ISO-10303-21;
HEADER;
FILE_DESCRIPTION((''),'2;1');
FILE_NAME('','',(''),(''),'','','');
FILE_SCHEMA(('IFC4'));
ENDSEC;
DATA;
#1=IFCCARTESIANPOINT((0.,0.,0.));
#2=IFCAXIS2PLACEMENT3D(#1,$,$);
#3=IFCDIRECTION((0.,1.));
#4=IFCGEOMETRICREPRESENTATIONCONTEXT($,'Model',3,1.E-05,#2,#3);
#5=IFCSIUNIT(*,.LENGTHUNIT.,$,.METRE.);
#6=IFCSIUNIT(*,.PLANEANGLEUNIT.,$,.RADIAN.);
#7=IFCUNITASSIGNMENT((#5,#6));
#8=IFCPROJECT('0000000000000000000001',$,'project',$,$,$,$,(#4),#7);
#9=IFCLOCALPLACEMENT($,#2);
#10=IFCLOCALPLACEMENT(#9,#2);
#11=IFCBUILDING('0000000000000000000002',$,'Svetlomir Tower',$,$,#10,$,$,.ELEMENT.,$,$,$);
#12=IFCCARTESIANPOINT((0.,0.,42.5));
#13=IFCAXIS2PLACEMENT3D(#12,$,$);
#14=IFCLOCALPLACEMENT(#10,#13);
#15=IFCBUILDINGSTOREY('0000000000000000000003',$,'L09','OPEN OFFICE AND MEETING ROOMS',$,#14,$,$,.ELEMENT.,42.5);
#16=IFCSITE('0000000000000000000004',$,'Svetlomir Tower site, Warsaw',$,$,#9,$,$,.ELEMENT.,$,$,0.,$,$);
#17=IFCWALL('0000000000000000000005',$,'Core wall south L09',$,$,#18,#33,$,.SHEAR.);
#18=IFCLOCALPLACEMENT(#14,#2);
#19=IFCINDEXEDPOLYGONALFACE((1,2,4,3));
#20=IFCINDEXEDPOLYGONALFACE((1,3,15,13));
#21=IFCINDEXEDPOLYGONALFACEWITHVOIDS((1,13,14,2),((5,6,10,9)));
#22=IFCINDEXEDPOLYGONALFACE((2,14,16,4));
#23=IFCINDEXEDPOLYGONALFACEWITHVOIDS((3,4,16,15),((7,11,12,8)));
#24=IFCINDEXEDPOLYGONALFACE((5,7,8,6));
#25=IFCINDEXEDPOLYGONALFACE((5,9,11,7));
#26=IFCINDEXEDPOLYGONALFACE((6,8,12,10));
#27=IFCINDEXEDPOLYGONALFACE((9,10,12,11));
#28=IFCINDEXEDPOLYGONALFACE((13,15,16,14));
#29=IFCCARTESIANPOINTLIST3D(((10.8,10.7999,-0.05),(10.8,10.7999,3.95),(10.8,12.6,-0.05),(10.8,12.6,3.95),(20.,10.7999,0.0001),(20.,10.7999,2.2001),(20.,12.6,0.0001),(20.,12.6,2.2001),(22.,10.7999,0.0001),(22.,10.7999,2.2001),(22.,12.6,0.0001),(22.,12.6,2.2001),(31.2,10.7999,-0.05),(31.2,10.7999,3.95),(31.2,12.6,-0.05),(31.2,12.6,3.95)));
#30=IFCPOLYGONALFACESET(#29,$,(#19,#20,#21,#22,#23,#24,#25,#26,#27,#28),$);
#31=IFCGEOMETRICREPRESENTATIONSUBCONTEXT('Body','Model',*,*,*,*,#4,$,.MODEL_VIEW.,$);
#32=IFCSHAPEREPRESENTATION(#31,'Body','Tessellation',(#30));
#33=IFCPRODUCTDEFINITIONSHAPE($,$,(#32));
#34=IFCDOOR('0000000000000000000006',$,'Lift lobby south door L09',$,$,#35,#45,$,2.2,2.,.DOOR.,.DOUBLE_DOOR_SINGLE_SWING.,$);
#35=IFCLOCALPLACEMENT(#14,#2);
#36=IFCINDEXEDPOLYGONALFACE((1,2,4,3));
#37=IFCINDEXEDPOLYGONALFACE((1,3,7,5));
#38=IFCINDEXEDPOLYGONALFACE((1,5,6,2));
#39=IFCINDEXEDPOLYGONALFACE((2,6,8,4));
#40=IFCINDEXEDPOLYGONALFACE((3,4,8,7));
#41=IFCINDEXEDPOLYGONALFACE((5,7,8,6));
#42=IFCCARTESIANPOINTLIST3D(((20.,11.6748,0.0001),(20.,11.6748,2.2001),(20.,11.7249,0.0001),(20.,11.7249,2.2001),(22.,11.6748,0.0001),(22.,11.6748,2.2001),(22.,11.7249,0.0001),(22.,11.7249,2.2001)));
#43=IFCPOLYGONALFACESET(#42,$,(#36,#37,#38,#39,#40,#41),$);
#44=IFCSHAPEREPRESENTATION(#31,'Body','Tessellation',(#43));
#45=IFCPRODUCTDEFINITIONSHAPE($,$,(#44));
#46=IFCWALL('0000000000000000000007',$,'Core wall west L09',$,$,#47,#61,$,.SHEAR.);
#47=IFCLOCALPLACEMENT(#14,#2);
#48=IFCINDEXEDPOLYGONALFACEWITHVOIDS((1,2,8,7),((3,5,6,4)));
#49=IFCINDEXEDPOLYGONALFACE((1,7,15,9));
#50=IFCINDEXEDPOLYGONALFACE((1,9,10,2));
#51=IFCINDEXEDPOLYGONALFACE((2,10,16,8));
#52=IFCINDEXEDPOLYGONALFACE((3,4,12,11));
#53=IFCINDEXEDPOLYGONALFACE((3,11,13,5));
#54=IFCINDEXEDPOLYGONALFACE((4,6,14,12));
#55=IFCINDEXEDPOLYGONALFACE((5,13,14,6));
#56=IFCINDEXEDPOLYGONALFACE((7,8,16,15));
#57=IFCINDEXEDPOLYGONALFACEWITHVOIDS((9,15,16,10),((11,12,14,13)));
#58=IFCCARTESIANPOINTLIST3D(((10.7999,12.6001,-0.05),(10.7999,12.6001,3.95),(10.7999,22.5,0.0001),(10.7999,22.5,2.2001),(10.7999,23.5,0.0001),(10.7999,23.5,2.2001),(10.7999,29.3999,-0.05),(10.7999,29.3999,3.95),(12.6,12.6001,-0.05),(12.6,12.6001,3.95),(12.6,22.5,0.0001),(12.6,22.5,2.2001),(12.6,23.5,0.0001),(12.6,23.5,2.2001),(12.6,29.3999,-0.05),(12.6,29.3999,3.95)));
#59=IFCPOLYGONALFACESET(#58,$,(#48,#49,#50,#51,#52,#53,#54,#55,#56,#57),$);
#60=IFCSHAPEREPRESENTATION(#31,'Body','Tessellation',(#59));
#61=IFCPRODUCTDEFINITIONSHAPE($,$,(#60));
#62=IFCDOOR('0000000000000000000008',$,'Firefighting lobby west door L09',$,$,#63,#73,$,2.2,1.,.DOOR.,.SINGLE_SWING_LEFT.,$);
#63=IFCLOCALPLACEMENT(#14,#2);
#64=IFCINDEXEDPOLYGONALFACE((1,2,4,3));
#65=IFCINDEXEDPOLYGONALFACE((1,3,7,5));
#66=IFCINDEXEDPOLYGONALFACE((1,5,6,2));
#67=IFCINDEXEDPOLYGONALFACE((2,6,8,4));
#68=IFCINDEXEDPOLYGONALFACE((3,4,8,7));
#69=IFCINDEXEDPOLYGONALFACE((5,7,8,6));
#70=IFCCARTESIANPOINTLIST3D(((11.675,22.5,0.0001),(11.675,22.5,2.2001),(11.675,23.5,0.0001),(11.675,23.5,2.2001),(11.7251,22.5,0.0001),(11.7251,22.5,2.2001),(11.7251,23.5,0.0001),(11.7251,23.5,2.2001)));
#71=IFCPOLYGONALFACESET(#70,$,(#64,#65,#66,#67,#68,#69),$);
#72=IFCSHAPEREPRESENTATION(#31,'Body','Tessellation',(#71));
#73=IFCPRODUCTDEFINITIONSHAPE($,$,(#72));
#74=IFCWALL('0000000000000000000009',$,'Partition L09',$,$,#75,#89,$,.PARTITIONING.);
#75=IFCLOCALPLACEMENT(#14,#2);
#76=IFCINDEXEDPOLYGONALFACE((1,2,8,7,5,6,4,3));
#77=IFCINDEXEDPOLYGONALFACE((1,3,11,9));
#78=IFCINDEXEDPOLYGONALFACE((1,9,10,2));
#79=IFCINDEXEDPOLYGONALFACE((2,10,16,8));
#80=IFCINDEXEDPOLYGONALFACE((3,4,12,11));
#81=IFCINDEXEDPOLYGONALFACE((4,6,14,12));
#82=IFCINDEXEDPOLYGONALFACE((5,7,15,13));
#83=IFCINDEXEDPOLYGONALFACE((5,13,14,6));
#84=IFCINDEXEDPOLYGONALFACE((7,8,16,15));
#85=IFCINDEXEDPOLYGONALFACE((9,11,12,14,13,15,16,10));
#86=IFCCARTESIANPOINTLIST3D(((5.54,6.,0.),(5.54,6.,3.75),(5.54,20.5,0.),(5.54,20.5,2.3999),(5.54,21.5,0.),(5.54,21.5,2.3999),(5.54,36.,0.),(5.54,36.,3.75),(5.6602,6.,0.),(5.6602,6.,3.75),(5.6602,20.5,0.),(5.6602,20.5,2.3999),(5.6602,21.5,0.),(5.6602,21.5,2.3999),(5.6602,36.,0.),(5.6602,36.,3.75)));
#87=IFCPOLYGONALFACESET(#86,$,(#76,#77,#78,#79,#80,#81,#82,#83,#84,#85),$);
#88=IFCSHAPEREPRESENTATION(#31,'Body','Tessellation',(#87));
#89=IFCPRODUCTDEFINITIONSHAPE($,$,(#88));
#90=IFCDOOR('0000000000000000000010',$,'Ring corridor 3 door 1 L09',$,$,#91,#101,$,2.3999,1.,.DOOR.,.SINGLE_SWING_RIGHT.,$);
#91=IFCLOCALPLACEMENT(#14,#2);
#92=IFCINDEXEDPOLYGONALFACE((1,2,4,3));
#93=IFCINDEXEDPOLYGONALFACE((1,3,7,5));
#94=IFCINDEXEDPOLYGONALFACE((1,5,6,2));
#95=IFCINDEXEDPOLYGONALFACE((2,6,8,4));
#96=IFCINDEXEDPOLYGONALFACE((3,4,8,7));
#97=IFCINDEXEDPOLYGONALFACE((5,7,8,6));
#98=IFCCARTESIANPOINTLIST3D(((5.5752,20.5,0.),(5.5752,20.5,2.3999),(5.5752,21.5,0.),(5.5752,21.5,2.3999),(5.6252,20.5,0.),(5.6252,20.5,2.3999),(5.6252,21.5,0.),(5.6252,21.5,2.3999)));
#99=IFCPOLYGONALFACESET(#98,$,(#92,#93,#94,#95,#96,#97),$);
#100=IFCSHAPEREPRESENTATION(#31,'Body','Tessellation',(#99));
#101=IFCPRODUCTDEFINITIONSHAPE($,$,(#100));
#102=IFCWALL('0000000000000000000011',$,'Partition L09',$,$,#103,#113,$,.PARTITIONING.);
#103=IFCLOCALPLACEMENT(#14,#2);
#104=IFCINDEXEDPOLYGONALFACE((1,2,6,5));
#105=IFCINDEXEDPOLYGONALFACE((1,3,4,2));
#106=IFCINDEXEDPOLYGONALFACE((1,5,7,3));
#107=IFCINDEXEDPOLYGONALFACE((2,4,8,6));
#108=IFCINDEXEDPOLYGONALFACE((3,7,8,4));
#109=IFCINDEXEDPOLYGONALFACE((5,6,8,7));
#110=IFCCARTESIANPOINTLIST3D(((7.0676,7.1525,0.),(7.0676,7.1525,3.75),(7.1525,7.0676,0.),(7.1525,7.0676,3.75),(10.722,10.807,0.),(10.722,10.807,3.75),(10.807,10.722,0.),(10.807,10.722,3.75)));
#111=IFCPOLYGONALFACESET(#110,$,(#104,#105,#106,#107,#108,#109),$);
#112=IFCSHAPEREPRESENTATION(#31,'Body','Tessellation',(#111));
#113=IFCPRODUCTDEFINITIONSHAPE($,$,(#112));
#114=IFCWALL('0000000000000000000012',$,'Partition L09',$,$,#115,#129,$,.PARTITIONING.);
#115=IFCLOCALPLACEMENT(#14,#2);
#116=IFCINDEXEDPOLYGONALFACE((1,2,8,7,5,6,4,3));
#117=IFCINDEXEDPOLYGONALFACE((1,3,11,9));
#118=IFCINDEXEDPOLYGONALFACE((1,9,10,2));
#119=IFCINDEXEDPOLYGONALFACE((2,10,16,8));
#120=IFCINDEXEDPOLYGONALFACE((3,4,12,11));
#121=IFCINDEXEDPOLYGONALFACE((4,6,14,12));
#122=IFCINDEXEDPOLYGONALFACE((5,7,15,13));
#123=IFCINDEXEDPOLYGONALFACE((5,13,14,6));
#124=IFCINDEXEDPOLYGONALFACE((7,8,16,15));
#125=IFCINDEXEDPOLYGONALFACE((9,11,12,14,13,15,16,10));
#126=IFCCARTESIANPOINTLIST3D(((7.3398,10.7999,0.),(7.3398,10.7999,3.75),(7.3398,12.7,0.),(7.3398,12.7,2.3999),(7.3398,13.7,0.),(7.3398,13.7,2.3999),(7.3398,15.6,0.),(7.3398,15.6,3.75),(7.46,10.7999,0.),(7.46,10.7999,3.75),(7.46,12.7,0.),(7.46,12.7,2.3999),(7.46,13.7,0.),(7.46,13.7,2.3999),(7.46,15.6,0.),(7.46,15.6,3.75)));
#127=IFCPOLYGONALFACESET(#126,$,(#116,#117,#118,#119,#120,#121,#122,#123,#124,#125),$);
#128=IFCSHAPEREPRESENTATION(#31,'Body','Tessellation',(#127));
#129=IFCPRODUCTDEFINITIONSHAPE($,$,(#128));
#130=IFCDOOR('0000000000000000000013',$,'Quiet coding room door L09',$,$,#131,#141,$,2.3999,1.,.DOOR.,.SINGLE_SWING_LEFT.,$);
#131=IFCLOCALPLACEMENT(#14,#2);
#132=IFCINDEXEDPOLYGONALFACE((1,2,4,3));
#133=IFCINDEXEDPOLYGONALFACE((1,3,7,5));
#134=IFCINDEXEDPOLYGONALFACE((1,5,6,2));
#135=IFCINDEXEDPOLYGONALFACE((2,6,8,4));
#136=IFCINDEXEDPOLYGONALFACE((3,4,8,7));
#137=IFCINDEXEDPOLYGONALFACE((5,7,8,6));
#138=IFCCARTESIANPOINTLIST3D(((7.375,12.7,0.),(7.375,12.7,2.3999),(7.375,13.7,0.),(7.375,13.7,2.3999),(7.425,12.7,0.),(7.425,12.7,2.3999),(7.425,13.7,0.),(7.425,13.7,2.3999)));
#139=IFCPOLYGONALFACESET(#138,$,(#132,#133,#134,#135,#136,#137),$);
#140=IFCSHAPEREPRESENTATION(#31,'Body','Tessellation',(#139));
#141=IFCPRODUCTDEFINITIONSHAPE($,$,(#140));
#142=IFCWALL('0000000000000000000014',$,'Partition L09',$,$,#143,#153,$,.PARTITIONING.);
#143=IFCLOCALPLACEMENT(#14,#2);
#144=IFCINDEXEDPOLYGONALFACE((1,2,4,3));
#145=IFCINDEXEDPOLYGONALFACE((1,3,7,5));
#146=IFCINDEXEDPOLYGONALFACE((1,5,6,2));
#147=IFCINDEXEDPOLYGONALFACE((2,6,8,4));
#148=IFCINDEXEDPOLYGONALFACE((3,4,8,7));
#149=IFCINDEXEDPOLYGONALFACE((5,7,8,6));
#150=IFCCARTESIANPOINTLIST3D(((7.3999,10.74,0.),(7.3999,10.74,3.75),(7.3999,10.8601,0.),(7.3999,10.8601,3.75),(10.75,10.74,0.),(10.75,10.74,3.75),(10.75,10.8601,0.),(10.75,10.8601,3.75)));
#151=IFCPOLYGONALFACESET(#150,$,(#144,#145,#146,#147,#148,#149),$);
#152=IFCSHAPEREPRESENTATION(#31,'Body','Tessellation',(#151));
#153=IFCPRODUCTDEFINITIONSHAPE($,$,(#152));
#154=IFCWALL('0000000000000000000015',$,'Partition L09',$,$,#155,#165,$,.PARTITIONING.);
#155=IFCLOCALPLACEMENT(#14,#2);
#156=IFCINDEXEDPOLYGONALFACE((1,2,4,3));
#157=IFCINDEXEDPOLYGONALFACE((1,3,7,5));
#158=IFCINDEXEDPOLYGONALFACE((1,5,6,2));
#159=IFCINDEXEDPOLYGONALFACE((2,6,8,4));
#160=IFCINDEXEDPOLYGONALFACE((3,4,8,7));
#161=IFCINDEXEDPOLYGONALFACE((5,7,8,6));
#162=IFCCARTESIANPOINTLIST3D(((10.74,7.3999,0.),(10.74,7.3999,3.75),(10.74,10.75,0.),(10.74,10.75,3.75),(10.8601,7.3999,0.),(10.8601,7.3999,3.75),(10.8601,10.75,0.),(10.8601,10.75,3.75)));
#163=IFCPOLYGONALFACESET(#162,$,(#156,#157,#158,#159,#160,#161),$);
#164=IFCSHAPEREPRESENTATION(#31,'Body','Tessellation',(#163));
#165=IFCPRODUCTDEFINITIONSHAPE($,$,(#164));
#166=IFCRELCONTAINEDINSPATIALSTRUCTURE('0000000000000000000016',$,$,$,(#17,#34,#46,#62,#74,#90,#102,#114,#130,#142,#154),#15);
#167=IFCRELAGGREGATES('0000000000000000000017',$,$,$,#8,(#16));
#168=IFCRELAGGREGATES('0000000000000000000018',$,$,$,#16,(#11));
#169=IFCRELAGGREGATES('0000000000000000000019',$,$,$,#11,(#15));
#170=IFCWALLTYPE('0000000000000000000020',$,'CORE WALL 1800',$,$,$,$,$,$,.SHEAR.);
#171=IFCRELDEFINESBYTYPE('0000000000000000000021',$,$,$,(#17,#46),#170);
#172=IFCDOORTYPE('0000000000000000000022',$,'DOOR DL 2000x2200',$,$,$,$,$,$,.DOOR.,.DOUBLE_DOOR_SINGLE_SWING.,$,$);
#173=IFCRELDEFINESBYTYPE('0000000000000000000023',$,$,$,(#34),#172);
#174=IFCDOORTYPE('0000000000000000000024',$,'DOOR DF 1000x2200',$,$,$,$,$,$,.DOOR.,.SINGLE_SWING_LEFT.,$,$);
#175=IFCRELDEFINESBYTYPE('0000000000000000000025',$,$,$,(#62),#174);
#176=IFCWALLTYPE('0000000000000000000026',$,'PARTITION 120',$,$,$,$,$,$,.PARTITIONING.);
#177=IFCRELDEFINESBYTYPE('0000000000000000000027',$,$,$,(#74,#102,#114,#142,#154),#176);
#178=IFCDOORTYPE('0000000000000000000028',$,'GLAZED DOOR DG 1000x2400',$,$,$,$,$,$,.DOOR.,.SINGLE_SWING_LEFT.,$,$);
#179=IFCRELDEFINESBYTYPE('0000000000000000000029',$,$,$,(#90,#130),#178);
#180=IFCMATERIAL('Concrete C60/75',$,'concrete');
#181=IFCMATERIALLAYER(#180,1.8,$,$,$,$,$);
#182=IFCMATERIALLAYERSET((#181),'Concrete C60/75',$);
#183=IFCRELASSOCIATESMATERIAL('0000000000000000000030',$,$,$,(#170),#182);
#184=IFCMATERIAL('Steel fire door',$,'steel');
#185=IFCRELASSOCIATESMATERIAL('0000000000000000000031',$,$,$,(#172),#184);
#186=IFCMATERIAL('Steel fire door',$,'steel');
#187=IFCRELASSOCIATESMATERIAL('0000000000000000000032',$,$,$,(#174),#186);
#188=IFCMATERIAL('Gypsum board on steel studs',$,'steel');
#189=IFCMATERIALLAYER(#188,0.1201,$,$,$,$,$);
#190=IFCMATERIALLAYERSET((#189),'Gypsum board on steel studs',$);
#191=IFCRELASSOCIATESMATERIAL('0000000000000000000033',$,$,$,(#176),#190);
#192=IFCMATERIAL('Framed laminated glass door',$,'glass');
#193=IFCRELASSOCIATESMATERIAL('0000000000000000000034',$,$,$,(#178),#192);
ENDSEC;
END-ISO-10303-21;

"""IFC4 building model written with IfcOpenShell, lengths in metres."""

from ifc_helpers import new_model, si_unit, direction, frame, frame_2d, origin, place, context, subcontext, project, spatial, rectangle, extrude, material, layer, layer_set, type_object, element, fill, save


model = new_model("IFC4")

# Units and contexts
model_context = context("Model", 3, precision=1e-05, world=origin(), true_north=direction((0.0, 1.0)))
body_context = subcontext(model_context, "Body", "Model", "MODEL_VIEW")
ifc_project = project(units=[si_unit("LENGTHUNIT", "METRE"), si_unit("PLANEANGLEUNIT", "RADIAN")], contexts=[model_context])

# Site, building, storey
site_placement = place(None, origin())
site = spatial("IfcSite", under=ifc_project, at=site_placement, Name="Svetlomir Tower site, Warsaw", CompositionType="ELEMENT", RefElevation=0.0)
building_placement = place(site_placement, origin())
building = spatial("IfcBuilding", under=site, at=building_placement, Name="Svetlomir Tower", CompositionType="ELEMENT")
storey_placement = place(building_placement, frame((0.0, 0.0, 42.5)))
storey = spatial("IfcBuildingStorey", under=building, at=storey_placement, Name="L09", Description="OPEN OFFICE AND MEETING ROOMS", CompositionType="ELEMENT", Elevation=42.5)

# Walls, openings, doors
ifc_material_1 = material(Name="Concrete C60/75", Category="concrete")
ifc_layer_1 = layer(ifc_material_1, 1.8)
ifc_layer_set_1 = layer_set([ifc_layer_1], Name="Concrete C60/75")
wall_type_1 = type_object("IfcWallType", Name="CORE WALL 1800", PredefinedType="SHEAR", material=ifc_layer_set_1)
wall_1_placement = place(storey_placement, frame((10.8, 11.7, -0.05), z_axis=(0.0, 0.0, 1.0), x_axis=(1.0, 0.0, 0.0)))
wall_1 = element("IfcWall", 1, at=wall_1_placement, inside=storey, type_object=wall_type_1, Name="Core wall south L09", PredefinedType="SHEAR", context=body_context, shape_type="SweptSolid", body=[
    extrude(rectangle(XDim=20.3999, YDim=1.8, at=frame_2d((10.2, 0.0))), origin(), (0.0, 0.0, 1.0), 4.0),
])
opening_1_placement = place(wall_1_placement, frame((9.2, 0.0, 0.05)))
opening_1 = element("IfcOpeningElement", 2, at=opening_1_placement, cuts=wall_1, PredefinedType="OPENING", context=body_context, shape_type="SweptSolid", body=[
    extrude(rectangle(XDim=2.0, YDim=2.2, at=frame_2d((1.0, 1.1001))), frame((0.0, 0.9102, 0.0), z_axis=(0.0, -1.0, 0.0), x_axis=(1.0, 0.0, 0.0)), (0.0, 0.0, 1.0), 1.8201),
])
ifc_material_2 = material(Name="Steel fire door", Category="steel")
door_type_1 = type_object("IfcDoorType", Name="DOOR DL 2000x2200", OperationType="DOUBLE_DOOR_SINGLE_SWING", PredefinedType="DOOR", material=ifc_material_2)
door_1_placement = place(opening_1_placement, origin())
door_1 = element("IfcDoor", 3, at=door_1_placement, inside=storey, type_object=door_type_1, Name="Lift lobby south door L09", OperationType="DOUBLE_DOOR_SINGLE_SWING", OverallHeight=2.2, OverallWidth=2.0, PredefinedType="DOOR", context=body_context, shape_type="SweptSolid", body=[
    extrude(rectangle(XDim=2.0, YDim=2.2, at=frame_2d((1.0, 1.1001))), frame((0.0, 0.0249, 0.0), z_axis=(0.0, -1.0, 0.0), x_axis=(1.0, 0.0, 0.0)), (0.0, 0.0, 1.0), 0.05),
])
fill(opening_1, door_1)
wall_2_placement = place(storey_placement, frame((11.7, 12.6001, -0.05), z_axis=(0.0, 0.0, 1.0), x_axis=(0.0, 1.0, 0.0)))
wall_2 = element("IfcWall", 4, at=wall_2_placement, inside=storey, type_object=wall_type_1, Name="Core wall west L09", PredefinedType="SHEAR", context=body_context, shape_type="SweptSolid", body=[
    extrude(rectangle(XDim=16.7998, YDim=1.8, at=frame_2d((8.3999, 0.0))), origin(), (0.0, 0.0, 1.0), 4.0),
])
opening_2_placement = place(wall_2_placement, frame((9.8999, 0.0, 0.05)))
opening_2 = element("IfcOpeningElement", 5, at=opening_2_placement, cuts=wall_2, PredefinedType="OPENING", context=body_context, shape_type="SweptSolid", body=[
    extrude(rectangle(XDim=1.0, YDim=2.2, at=frame_2d((0.5, 1.1001))), frame((0.0, 0.9102, 0.0), z_axis=(0.0, -1.0, 0.0), x_axis=(1.0, 0.0, 0.0)), (0.0, 0.0, 1.0), 1.8201),
])
ifc_material_3 = material(Name="Steel fire door", Category="steel")
door_type_2 = type_object("IfcDoorType", Name="DOOR DF 1000x2200", OperationType="SINGLE_SWING_LEFT", PredefinedType="DOOR", material=ifc_material_3)
door_2_placement = place(opening_2_placement, origin())
door_2 = element("IfcDoor", 6, at=door_2_placement, inside=storey, type_object=door_type_2, Name="Firefighting lobby west door L09", OperationType="SINGLE_SWING_LEFT", OverallHeight=2.2, OverallWidth=1.0, PredefinedType="DOOR", context=body_context, shape_type="SweptSolid", body=[
    extrude(rectangle(XDim=1.0, YDim=2.2, at=frame_2d((0.5, 1.1001))), frame((0.0, 0.0249, 0.0), z_axis=(0.0, -1.0, 0.0), x_axis=(1.0, 0.0, 0.0)), (0.0, 0.0, 1.0), 0.05),
])
fill(opening_2, door_2)
ifc_material_4 = material(Name="Gypsum board on steel studs", Category="steel")
ifc_layer_2 = layer(ifc_material_4, 0.1201)
ifc_layer_set_2 = layer_set([ifc_layer_2], Name="Gypsum board on steel studs")
wall_type_2 = type_object("IfcWallType", Name="PARTITION 120", PredefinedType="PARTITIONING", material=ifc_layer_set_2)
wall_3_placement = place(storey_placement, frame((5.6001, 6.0, 0.0), z_axis=(0.0, 0.0, 1.0), x_axis=(0.0, 1.0, 0.0)))
wall_3 = element("IfcWall", 7, at=wall_3_placement, inside=storey, type_object=wall_type_2, Name="Partition L09", PredefinedType="PARTITIONING", context=body_context, shape_type="SweptSolid", body=[
    extrude(rectangle(XDim=30.0, YDim=0.1201, at=frame_2d((15.0, 0.0))), origin(), (0.0, 0.0, 1.0), 3.75),
])
opening_3_placement = place(wall_3_placement, frame((14.5, 0.0, 0.0)))
opening_3 = element("IfcOpeningElement", 8, at=opening_3_placement, cuts=wall_3, PredefinedType="OPENING", context=body_context, shape_type="SweptSolid", body=[
    extrude(rectangle(XDim=1.0, YDim=2.3999, at=frame_2d((0.5, 1.2))), frame((0.0, 0.0701, 0.0), z_axis=(0.0, -1.0, 0.0), x_axis=(1.0, 0.0, 0.0)), (0.0, 0.0, 1.0), 0.1401),
])
ifc_material_5 = material(Name="Framed laminated glass door", Category="glass")
door_type_3 = type_object("IfcDoorType", Name="GLAZED DOOR DG 1000x2400", OperationType="SINGLE_SWING_LEFT", PredefinedType="DOOR", material=ifc_material_5)
door_3_placement = place(opening_3_placement, origin())
door_3 = element("IfcDoor", 9, at=door_3_placement, inside=storey, type_object=door_type_3, Name="Ring corridor 3 door 1 L09", OperationType="SINGLE_SWING_RIGHT", OverallHeight=2.3999, OverallWidth=1.0, PredefinedType="DOOR", context=body_context, shape_type="SweptSolid", body=[
    extrude(rectangle(XDim=1.0, YDim=2.3999, at=frame_2d((0.5, 1.2))), frame((0.0, 0.0249, 0.0), z_axis=(0.0, -1.0, 0.0), x_axis=(1.0, 0.0, 0.0)), (0.0, 0.0, 1.0), 0.05),
])
fill(opening_3, door_3)

# Wall
wall_4_placement = place(storey_placement, frame((7.1101, 7.1101, 0.0), z_axis=(0.0, 0.0, 1.0), x_axis=(0.707107, 0.707107, 0.0)))
element("IfcWall", 10, at=wall_4_placement, inside=storey, type_object=wall_type_2, Name="Partition L09", PredefinedType="PARTITIONING", context=body_context, shape_type="SweptSolid", body=[
    extrude(rectangle(XDim=5.1682, YDim=0.1201, at=frame_2d((2.584, 0.0))), origin(), (0.0, 0.0, 1.0), 3.75),
])

# Wall, opening, door
wall_5_placement = place(storey_placement, frame((7.3999, 10.8, 0.0), z_axis=(0.0, 0.0, 1.0), x_axis=(0.0, 1.0, 0.0)))
wall_5 = element("IfcWall", 11, at=wall_5_placement, inside=storey, type_object=wall_type_2, Name="Partition L09", PredefinedType="PARTITIONING", context=body_context, shape_type="SweptSolid", body=[
    extrude(rectangle(XDim=4.8, YDim=0.1201, at=frame_2d((2.3999, 0.0))), origin(), (0.0, 0.0, 1.0), 3.75),
])
opening_4_placement = place(wall_5_placement, frame((1.8999, 0.0, 0.0)))
opening_4 = element("IfcOpeningElement", 12, at=opening_4_placement, cuts=wall_5, PredefinedType="OPENING", context=body_context, shape_type="SweptSolid", body=[
    extrude(rectangle(XDim=1.0, YDim=2.3999, at=frame_2d((0.5, 1.2))), frame((0.0, 0.0701, 0.0), z_axis=(0.0, -1.0, 0.0), x_axis=(1.0, 0.0, 0.0)), (0.0, 0.0, 1.0), 0.1401),
])
door_4_placement = place(opening_4_placement, origin())
door_4 = element("IfcDoor", 13, at=door_4_placement, inside=storey, type_object=door_type_3, Name="Quiet coding room door L09", OperationType="SINGLE_SWING_LEFT", OverallHeight=2.3999, OverallWidth=1.0, PredefinedType="DOOR", context=body_context, shape_type="SweptSolid", body=[
    extrude(rectangle(XDim=1.0, YDim=2.3999, at=frame_2d((0.5, 1.2))), frame((0.0, 0.0249, 0.0), z_axis=(0.0, -1.0, 0.0), x_axis=(1.0, 0.0, 0.0)), (0.0, 0.0, 1.0), 0.05),
])
fill(opening_4, door_4)

# Walls
for number, where, z_axis, x_axis, name in (
    (14, (7.3999, 10.8, 0.0), (0.0, 0.0, 1.0), (1.0, 0.0, 0.0), "Partition L09"),
    (15, (10.8, 7.3999, 0.0), (0.0, 0.0, 1.0), (0.0, 1.0, 0.0), "Partition L09"),
):
    element("IfcWall", number, at=place(storey_placement, frame(where, z_axis=z_axis, x_axis=x_axis)), inside=storey, type_object=wall_type_2, Name=name, PredefinedType="PARTITIONING", context=body_context, shape_type="SweptSolid", body=[
        extrude(rectangle(XDim=3.3501, YDim=0.1201, at=frame_2d((1.675, 0.0))), origin(), (0.0, 0.0, 1.0), 3.75),
    ])

save(model, "model.ifc")
